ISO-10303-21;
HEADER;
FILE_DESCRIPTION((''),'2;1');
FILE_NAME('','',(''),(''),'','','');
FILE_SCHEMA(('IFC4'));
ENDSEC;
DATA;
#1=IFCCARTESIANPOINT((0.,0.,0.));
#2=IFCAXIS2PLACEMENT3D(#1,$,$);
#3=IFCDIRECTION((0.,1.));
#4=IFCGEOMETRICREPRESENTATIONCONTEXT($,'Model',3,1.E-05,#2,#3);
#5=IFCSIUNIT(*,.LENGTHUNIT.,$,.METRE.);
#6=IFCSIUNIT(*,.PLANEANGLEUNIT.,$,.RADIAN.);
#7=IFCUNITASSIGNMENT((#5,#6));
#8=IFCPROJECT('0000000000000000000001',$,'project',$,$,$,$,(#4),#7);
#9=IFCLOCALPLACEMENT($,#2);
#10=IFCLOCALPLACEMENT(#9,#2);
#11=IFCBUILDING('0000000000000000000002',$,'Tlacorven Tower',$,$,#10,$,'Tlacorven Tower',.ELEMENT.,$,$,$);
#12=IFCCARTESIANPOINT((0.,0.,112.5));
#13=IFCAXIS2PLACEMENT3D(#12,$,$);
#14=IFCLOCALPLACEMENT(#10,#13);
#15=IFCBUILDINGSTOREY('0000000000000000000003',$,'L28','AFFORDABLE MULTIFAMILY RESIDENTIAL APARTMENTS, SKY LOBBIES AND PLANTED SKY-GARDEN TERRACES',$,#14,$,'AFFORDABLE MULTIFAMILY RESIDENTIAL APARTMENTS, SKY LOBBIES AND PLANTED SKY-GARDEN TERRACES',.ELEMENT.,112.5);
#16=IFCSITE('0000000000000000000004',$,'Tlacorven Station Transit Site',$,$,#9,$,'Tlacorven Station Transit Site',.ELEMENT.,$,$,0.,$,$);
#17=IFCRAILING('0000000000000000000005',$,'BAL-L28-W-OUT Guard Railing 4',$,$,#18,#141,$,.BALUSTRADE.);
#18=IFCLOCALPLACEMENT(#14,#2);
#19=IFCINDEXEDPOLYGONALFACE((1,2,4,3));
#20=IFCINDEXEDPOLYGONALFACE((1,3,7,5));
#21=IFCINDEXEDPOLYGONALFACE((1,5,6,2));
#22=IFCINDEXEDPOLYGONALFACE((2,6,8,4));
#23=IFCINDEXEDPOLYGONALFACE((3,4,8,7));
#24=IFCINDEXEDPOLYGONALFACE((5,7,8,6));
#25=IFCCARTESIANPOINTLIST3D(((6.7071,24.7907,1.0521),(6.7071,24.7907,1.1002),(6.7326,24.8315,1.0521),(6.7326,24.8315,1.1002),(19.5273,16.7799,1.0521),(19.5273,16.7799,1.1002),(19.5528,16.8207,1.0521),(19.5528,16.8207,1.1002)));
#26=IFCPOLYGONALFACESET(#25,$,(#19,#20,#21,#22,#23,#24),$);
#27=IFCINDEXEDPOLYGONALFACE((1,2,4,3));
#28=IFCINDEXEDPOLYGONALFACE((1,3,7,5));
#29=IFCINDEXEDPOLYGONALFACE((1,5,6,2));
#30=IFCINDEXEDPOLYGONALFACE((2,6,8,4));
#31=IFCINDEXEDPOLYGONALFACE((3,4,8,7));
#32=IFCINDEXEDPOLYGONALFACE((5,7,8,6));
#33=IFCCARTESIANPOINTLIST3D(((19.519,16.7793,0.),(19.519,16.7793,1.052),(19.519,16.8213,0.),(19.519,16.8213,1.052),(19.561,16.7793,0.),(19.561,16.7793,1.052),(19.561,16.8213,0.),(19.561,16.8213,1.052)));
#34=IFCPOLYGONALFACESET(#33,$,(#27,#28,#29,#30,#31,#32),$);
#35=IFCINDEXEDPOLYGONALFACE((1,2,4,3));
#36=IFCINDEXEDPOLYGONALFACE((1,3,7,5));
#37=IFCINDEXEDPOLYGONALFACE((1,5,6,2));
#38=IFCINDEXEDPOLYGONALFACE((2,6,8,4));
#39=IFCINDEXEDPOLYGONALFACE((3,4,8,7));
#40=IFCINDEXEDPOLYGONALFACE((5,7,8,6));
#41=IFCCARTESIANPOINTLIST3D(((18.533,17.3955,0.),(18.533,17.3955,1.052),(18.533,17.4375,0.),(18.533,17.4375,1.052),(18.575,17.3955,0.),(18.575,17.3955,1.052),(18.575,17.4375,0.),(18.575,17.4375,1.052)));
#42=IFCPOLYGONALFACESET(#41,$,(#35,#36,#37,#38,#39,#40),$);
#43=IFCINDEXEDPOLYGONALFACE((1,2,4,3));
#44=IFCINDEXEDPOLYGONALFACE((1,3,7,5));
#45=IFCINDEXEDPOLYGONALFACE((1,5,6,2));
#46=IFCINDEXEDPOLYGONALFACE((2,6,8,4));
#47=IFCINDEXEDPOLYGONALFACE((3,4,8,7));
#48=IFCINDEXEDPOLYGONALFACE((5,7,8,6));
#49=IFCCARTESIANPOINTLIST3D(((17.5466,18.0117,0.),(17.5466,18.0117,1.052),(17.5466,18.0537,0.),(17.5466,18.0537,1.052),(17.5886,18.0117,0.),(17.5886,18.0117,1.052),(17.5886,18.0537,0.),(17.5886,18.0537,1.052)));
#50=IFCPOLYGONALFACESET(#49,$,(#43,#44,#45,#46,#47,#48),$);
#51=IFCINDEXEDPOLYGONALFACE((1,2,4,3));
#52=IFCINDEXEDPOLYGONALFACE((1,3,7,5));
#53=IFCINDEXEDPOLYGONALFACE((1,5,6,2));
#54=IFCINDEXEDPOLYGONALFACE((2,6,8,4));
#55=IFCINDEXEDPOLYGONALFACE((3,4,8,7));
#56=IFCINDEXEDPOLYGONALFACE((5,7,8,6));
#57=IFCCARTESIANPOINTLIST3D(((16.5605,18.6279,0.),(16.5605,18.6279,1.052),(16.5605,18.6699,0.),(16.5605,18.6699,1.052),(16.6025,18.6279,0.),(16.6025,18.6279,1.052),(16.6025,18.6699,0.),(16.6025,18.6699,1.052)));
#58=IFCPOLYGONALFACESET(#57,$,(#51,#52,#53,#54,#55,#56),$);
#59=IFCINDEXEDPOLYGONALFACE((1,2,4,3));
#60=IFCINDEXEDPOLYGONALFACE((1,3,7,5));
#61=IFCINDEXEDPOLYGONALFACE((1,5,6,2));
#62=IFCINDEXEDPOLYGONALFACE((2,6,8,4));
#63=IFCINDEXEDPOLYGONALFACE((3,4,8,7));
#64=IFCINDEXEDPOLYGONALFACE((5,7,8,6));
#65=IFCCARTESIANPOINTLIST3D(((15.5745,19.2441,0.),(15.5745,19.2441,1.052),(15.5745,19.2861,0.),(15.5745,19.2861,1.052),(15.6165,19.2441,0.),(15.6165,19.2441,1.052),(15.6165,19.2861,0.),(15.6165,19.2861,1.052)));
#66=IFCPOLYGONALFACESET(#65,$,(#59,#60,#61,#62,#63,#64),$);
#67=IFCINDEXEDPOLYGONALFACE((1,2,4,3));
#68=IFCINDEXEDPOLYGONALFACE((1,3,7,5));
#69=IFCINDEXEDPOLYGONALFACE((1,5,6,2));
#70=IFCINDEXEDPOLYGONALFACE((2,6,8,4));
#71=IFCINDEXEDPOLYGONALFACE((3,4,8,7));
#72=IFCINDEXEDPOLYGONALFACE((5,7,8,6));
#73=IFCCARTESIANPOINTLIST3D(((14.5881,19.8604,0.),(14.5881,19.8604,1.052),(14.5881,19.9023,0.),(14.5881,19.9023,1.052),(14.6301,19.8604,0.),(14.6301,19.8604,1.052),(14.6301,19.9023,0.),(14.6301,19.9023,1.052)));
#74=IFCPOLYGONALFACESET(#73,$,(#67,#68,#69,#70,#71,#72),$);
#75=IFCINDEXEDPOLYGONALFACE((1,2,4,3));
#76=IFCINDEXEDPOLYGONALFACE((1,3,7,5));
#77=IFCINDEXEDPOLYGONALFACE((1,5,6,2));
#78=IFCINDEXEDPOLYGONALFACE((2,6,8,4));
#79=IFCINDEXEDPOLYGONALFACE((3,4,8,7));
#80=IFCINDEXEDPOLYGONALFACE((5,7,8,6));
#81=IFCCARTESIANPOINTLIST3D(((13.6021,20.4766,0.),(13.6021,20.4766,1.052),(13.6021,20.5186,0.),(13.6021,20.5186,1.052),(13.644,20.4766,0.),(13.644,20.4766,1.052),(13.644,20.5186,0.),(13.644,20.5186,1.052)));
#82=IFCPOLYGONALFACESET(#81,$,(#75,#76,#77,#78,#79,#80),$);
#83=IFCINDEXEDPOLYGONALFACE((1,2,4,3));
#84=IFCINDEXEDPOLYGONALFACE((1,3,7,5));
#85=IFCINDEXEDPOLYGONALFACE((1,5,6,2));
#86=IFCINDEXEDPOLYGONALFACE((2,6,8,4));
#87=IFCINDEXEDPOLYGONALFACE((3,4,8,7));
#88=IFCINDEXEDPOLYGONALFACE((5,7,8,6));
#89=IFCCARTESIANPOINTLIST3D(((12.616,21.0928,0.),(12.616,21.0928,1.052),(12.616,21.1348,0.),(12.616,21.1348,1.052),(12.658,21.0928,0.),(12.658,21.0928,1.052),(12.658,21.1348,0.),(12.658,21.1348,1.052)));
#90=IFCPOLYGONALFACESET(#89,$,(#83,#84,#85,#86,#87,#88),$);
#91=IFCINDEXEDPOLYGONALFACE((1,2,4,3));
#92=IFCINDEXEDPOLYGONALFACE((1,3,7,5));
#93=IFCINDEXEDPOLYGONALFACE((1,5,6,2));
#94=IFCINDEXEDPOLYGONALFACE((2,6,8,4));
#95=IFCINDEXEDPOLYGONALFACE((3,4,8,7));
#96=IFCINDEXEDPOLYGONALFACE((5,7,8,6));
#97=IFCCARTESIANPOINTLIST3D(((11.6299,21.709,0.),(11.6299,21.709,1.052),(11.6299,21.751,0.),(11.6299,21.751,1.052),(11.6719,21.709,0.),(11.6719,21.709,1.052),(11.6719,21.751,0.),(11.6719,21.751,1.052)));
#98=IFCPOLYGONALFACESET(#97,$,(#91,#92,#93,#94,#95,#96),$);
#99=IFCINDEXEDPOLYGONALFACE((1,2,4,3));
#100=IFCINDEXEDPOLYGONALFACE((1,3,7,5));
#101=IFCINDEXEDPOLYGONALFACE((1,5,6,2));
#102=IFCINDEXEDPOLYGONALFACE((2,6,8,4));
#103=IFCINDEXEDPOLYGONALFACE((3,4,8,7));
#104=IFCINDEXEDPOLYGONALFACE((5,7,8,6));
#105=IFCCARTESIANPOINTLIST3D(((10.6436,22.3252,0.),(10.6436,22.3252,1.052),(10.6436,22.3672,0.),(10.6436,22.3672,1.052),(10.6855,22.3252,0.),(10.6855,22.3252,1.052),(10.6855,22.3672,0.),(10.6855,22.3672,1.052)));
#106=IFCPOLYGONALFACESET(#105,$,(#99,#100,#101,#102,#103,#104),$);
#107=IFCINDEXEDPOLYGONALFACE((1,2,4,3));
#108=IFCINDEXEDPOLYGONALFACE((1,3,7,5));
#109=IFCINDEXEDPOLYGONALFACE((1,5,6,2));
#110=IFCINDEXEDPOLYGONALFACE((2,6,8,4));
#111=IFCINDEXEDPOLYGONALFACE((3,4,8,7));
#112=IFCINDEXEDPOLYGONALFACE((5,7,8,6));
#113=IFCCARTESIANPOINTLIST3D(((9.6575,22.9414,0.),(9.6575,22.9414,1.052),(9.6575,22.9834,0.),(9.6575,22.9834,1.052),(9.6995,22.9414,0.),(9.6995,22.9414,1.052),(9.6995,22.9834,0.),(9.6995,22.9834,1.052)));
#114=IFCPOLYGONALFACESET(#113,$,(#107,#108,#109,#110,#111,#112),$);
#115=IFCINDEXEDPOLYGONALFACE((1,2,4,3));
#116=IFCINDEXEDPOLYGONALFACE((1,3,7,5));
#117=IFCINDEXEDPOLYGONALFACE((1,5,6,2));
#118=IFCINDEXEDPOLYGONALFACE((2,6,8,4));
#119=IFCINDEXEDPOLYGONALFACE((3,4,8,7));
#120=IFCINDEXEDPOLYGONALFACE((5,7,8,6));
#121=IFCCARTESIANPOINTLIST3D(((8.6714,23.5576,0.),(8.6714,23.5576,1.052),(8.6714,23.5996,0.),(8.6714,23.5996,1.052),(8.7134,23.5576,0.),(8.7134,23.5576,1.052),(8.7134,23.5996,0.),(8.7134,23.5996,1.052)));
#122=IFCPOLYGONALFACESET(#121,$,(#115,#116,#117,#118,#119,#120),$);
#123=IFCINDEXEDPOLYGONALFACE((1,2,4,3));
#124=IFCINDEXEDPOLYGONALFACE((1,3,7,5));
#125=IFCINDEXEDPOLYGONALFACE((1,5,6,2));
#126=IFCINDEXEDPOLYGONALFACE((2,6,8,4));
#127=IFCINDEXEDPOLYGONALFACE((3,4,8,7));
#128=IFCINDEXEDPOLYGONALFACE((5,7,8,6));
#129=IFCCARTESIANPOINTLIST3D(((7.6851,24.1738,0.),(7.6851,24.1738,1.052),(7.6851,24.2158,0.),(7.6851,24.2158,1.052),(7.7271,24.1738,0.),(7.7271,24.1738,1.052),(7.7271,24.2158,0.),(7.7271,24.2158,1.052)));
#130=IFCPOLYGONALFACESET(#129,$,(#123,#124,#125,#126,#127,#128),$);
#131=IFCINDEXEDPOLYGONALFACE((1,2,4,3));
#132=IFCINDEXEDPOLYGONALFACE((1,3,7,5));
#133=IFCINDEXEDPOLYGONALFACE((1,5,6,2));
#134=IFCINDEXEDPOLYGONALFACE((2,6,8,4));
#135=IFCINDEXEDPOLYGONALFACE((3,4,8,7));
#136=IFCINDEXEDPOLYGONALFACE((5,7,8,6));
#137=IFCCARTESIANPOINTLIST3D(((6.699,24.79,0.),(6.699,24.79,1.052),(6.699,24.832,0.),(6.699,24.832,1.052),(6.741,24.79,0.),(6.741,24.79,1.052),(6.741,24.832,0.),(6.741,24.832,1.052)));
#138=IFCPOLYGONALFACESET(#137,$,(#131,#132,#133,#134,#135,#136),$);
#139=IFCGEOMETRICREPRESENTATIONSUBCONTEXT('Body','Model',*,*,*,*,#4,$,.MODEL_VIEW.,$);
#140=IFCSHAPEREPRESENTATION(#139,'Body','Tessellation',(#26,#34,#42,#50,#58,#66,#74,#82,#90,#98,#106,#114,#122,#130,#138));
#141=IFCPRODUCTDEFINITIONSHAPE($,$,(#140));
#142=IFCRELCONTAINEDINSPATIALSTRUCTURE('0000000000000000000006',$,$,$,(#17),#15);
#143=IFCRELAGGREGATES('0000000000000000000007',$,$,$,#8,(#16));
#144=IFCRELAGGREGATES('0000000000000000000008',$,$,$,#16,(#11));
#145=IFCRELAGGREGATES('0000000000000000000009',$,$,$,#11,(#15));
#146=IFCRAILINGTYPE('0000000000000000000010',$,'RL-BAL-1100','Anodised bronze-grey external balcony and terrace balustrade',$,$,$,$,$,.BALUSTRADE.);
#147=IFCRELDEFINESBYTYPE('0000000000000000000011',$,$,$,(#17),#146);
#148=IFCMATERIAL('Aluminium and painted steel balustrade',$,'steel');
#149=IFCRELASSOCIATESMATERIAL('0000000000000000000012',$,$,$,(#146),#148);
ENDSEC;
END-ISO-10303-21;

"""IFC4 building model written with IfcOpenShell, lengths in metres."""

from ifc_helpers import new_model, si_unit, direction, frame, origin, origin_2d, place, context, subcontext, project, spatial, rectangle, extrude, source, transform, mapped, material, type_object, element, save


model = new_model("IFC4")

# Units and contexts
model_context = context("Model", 3, precision=1e-05, world=origin(), true_north=direction((0.0, 1.0)))
body_context = subcontext(model_context, "Body", "Model", "MODEL_VIEW")
ifc_project = project(units=[si_unit("LENGTHUNIT", "METRE"), si_unit("PLANEANGLEUNIT", "RADIAN")], contexts=[model_context])

# Site, building, storey
site_placement = place(None, origin())
site = spatial("IfcSite", under=ifc_project, at=site_placement, Name="Tlacorven Station Transit Site", LongName="Tlacorven Station Transit Site", CompositionType="ELEMENT", RefElevation=0.0)
building_placement = place(site_placement, origin())
building = spatial("IfcBuilding", under=site, at=building_placement, Name="Tlacorven Tower", LongName="Tlacorven Tower", CompositionType="ELEMENT")
storey_placement = place(building_placement, frame((0.0, 0.0, 112.5)))
storey = spatial("IfcBuildingStorey", under=building, at=storey_placement, Name="L28", Description="AFFORDABLE MULTIFAMILY RESIDENTIAL APARTMENTS, SKY LOBBIES AND PLANTED SKY-GARDEN TERRACES", LongName="AFFORDABLE MULTIFAMILY RESIDENTIAL APARTMENTS, SKY LOBBIES AND PLANTED SKY-GARDEN TERRACES", CompositionType="ELEMENT", Elevation=112.5)

# Shared definitions
ifc_material_1 = material(Name="Aluminium and painted steel balustrade", Category="steel")
railing_type = type_object("IfcRailingType", Name="RL-BAL-1100", Description="Anodised bronze-grey external balcony and terrace balustrade", PredefinedType="BALUSTRADE", material=ifc_material_1)

# Railing
shared_shape_1 = source(origin(), body_context, "Body", "SweptSolid", [
    extrude(rectangle(XDim=0.0481, YDim=0.0481, at=origin_2d()), frame((0.0, 0.0, 1.0762), z_axis=(-0.848052, 0.529913, 0.0), x_axis=(-0.529913, -0.848052, 0.0)), (0.0, 0.0, 1.0), 15.1172),
    extrude(rectangle(XDim=0.042, YDim=0.042, at=origin_2d()), origin(), (0.0, 0.0, 1.0), 1.052),
    extrude(rectangle(XDim=0.042, YDim=0.042, at=origin_2d()), frame((-0.9861, 0.6162, 0.0)), (0.0, 0.0, 1.0), 1.052),
    extrude(rectangle(XDim=0.042, YDim=0.042, at=origin_2d()), frame((-1.9724, 1.2324, 0.0)), (0.0, 0.0, 1.0), 1.052),
    extrude(rectangle(XDim=0.042, YDim=0.042, at=origin_2d()), frame((-2.9585, 1.8486, 0.0)), (0.0, 0.0, 1.0), 1.052),
    extrude(rectangle(XDim=0.042, YDim=0.042, at=origin_2d()), frame((-3.9446, 2.4648, 0.0)), (0.0, 0.0, 1.0), 1.052),
    extrude(rectangle(XDim=0.042, YDim=0.042, at=origin_2d()), frame((-4.9309, 3.0811, 0.0)), (0.0, 0.0, 1.0), 1.052),
    extrude(rectangle(XDim=0.042, YDim=0.042, at=origin_2d()), frame((-5.917, 3.6973, 0.0)), (0.0, 0.0, 1.0), 1.052),
    extrude(rectangle(XDim=0.042, YDim=0.042, at=origin_2d()), frame((-6.9031, 4.3135, 0.0)), (0.0, 0.0, 1.0), 1.052),
    extrude(rectangle(XDim=0.042, YDim=0.042, at=origin_2d()), frame((-7.8892, 4.9297, 0.0)), (0.0, 0.0, 1.0), 1.052),
    extrude(rectangle(XDim=0.042, YDim=0.042, at=origin_2d()), frame((-8.8755, 5.5459, 0.0)), (0.0, 0.0, 1.0), 1.052),
    extrude(rectangle(XDim=0.042, YDim=0.042, at=origin_2d()), frame((-9.8616, 6.1621, 0.0)), (0.0, 0.0, 1.0), 1.052),
    extrude(rectangle(XDim=0.042, YDim=0.042, at=origin_2d()), frame((-10.8477, 6.7783, 0.0)), (0.0, 0.0, 1.0), 1.052),
    extrude(rectangle(XDim=0.042, YDim=0.042, at=origin_2d()), frame((-11.834, 7.3945, 0.0)), (0.0, 0.0, 1.0), 1.052),
    extrude(rectangle(XDim=0.042, YDim=0.042, at=origin_2d()), frame((-12.8201, 8.0107, 0.0)), (0.0, 0.0, 1.0), 1.052),
])
railing_1_placement = place(storey_placement, frame((19.54, 16.8003, 0.0)))
element("IfcRailing", 1, at=railing_1_placement, inside=storey, type_object=railing_type, Name="BAL-L28-W-OUT Guard Railing 4", PredefinedType="BALUSTRADE", context=body_context, shape_type="MappedRepresentation", body=[
    mapped(shared_shape_1, transform((0.0, 0.0, 0.0), scale=1.0)),
])

save(model, "model.ifc")
